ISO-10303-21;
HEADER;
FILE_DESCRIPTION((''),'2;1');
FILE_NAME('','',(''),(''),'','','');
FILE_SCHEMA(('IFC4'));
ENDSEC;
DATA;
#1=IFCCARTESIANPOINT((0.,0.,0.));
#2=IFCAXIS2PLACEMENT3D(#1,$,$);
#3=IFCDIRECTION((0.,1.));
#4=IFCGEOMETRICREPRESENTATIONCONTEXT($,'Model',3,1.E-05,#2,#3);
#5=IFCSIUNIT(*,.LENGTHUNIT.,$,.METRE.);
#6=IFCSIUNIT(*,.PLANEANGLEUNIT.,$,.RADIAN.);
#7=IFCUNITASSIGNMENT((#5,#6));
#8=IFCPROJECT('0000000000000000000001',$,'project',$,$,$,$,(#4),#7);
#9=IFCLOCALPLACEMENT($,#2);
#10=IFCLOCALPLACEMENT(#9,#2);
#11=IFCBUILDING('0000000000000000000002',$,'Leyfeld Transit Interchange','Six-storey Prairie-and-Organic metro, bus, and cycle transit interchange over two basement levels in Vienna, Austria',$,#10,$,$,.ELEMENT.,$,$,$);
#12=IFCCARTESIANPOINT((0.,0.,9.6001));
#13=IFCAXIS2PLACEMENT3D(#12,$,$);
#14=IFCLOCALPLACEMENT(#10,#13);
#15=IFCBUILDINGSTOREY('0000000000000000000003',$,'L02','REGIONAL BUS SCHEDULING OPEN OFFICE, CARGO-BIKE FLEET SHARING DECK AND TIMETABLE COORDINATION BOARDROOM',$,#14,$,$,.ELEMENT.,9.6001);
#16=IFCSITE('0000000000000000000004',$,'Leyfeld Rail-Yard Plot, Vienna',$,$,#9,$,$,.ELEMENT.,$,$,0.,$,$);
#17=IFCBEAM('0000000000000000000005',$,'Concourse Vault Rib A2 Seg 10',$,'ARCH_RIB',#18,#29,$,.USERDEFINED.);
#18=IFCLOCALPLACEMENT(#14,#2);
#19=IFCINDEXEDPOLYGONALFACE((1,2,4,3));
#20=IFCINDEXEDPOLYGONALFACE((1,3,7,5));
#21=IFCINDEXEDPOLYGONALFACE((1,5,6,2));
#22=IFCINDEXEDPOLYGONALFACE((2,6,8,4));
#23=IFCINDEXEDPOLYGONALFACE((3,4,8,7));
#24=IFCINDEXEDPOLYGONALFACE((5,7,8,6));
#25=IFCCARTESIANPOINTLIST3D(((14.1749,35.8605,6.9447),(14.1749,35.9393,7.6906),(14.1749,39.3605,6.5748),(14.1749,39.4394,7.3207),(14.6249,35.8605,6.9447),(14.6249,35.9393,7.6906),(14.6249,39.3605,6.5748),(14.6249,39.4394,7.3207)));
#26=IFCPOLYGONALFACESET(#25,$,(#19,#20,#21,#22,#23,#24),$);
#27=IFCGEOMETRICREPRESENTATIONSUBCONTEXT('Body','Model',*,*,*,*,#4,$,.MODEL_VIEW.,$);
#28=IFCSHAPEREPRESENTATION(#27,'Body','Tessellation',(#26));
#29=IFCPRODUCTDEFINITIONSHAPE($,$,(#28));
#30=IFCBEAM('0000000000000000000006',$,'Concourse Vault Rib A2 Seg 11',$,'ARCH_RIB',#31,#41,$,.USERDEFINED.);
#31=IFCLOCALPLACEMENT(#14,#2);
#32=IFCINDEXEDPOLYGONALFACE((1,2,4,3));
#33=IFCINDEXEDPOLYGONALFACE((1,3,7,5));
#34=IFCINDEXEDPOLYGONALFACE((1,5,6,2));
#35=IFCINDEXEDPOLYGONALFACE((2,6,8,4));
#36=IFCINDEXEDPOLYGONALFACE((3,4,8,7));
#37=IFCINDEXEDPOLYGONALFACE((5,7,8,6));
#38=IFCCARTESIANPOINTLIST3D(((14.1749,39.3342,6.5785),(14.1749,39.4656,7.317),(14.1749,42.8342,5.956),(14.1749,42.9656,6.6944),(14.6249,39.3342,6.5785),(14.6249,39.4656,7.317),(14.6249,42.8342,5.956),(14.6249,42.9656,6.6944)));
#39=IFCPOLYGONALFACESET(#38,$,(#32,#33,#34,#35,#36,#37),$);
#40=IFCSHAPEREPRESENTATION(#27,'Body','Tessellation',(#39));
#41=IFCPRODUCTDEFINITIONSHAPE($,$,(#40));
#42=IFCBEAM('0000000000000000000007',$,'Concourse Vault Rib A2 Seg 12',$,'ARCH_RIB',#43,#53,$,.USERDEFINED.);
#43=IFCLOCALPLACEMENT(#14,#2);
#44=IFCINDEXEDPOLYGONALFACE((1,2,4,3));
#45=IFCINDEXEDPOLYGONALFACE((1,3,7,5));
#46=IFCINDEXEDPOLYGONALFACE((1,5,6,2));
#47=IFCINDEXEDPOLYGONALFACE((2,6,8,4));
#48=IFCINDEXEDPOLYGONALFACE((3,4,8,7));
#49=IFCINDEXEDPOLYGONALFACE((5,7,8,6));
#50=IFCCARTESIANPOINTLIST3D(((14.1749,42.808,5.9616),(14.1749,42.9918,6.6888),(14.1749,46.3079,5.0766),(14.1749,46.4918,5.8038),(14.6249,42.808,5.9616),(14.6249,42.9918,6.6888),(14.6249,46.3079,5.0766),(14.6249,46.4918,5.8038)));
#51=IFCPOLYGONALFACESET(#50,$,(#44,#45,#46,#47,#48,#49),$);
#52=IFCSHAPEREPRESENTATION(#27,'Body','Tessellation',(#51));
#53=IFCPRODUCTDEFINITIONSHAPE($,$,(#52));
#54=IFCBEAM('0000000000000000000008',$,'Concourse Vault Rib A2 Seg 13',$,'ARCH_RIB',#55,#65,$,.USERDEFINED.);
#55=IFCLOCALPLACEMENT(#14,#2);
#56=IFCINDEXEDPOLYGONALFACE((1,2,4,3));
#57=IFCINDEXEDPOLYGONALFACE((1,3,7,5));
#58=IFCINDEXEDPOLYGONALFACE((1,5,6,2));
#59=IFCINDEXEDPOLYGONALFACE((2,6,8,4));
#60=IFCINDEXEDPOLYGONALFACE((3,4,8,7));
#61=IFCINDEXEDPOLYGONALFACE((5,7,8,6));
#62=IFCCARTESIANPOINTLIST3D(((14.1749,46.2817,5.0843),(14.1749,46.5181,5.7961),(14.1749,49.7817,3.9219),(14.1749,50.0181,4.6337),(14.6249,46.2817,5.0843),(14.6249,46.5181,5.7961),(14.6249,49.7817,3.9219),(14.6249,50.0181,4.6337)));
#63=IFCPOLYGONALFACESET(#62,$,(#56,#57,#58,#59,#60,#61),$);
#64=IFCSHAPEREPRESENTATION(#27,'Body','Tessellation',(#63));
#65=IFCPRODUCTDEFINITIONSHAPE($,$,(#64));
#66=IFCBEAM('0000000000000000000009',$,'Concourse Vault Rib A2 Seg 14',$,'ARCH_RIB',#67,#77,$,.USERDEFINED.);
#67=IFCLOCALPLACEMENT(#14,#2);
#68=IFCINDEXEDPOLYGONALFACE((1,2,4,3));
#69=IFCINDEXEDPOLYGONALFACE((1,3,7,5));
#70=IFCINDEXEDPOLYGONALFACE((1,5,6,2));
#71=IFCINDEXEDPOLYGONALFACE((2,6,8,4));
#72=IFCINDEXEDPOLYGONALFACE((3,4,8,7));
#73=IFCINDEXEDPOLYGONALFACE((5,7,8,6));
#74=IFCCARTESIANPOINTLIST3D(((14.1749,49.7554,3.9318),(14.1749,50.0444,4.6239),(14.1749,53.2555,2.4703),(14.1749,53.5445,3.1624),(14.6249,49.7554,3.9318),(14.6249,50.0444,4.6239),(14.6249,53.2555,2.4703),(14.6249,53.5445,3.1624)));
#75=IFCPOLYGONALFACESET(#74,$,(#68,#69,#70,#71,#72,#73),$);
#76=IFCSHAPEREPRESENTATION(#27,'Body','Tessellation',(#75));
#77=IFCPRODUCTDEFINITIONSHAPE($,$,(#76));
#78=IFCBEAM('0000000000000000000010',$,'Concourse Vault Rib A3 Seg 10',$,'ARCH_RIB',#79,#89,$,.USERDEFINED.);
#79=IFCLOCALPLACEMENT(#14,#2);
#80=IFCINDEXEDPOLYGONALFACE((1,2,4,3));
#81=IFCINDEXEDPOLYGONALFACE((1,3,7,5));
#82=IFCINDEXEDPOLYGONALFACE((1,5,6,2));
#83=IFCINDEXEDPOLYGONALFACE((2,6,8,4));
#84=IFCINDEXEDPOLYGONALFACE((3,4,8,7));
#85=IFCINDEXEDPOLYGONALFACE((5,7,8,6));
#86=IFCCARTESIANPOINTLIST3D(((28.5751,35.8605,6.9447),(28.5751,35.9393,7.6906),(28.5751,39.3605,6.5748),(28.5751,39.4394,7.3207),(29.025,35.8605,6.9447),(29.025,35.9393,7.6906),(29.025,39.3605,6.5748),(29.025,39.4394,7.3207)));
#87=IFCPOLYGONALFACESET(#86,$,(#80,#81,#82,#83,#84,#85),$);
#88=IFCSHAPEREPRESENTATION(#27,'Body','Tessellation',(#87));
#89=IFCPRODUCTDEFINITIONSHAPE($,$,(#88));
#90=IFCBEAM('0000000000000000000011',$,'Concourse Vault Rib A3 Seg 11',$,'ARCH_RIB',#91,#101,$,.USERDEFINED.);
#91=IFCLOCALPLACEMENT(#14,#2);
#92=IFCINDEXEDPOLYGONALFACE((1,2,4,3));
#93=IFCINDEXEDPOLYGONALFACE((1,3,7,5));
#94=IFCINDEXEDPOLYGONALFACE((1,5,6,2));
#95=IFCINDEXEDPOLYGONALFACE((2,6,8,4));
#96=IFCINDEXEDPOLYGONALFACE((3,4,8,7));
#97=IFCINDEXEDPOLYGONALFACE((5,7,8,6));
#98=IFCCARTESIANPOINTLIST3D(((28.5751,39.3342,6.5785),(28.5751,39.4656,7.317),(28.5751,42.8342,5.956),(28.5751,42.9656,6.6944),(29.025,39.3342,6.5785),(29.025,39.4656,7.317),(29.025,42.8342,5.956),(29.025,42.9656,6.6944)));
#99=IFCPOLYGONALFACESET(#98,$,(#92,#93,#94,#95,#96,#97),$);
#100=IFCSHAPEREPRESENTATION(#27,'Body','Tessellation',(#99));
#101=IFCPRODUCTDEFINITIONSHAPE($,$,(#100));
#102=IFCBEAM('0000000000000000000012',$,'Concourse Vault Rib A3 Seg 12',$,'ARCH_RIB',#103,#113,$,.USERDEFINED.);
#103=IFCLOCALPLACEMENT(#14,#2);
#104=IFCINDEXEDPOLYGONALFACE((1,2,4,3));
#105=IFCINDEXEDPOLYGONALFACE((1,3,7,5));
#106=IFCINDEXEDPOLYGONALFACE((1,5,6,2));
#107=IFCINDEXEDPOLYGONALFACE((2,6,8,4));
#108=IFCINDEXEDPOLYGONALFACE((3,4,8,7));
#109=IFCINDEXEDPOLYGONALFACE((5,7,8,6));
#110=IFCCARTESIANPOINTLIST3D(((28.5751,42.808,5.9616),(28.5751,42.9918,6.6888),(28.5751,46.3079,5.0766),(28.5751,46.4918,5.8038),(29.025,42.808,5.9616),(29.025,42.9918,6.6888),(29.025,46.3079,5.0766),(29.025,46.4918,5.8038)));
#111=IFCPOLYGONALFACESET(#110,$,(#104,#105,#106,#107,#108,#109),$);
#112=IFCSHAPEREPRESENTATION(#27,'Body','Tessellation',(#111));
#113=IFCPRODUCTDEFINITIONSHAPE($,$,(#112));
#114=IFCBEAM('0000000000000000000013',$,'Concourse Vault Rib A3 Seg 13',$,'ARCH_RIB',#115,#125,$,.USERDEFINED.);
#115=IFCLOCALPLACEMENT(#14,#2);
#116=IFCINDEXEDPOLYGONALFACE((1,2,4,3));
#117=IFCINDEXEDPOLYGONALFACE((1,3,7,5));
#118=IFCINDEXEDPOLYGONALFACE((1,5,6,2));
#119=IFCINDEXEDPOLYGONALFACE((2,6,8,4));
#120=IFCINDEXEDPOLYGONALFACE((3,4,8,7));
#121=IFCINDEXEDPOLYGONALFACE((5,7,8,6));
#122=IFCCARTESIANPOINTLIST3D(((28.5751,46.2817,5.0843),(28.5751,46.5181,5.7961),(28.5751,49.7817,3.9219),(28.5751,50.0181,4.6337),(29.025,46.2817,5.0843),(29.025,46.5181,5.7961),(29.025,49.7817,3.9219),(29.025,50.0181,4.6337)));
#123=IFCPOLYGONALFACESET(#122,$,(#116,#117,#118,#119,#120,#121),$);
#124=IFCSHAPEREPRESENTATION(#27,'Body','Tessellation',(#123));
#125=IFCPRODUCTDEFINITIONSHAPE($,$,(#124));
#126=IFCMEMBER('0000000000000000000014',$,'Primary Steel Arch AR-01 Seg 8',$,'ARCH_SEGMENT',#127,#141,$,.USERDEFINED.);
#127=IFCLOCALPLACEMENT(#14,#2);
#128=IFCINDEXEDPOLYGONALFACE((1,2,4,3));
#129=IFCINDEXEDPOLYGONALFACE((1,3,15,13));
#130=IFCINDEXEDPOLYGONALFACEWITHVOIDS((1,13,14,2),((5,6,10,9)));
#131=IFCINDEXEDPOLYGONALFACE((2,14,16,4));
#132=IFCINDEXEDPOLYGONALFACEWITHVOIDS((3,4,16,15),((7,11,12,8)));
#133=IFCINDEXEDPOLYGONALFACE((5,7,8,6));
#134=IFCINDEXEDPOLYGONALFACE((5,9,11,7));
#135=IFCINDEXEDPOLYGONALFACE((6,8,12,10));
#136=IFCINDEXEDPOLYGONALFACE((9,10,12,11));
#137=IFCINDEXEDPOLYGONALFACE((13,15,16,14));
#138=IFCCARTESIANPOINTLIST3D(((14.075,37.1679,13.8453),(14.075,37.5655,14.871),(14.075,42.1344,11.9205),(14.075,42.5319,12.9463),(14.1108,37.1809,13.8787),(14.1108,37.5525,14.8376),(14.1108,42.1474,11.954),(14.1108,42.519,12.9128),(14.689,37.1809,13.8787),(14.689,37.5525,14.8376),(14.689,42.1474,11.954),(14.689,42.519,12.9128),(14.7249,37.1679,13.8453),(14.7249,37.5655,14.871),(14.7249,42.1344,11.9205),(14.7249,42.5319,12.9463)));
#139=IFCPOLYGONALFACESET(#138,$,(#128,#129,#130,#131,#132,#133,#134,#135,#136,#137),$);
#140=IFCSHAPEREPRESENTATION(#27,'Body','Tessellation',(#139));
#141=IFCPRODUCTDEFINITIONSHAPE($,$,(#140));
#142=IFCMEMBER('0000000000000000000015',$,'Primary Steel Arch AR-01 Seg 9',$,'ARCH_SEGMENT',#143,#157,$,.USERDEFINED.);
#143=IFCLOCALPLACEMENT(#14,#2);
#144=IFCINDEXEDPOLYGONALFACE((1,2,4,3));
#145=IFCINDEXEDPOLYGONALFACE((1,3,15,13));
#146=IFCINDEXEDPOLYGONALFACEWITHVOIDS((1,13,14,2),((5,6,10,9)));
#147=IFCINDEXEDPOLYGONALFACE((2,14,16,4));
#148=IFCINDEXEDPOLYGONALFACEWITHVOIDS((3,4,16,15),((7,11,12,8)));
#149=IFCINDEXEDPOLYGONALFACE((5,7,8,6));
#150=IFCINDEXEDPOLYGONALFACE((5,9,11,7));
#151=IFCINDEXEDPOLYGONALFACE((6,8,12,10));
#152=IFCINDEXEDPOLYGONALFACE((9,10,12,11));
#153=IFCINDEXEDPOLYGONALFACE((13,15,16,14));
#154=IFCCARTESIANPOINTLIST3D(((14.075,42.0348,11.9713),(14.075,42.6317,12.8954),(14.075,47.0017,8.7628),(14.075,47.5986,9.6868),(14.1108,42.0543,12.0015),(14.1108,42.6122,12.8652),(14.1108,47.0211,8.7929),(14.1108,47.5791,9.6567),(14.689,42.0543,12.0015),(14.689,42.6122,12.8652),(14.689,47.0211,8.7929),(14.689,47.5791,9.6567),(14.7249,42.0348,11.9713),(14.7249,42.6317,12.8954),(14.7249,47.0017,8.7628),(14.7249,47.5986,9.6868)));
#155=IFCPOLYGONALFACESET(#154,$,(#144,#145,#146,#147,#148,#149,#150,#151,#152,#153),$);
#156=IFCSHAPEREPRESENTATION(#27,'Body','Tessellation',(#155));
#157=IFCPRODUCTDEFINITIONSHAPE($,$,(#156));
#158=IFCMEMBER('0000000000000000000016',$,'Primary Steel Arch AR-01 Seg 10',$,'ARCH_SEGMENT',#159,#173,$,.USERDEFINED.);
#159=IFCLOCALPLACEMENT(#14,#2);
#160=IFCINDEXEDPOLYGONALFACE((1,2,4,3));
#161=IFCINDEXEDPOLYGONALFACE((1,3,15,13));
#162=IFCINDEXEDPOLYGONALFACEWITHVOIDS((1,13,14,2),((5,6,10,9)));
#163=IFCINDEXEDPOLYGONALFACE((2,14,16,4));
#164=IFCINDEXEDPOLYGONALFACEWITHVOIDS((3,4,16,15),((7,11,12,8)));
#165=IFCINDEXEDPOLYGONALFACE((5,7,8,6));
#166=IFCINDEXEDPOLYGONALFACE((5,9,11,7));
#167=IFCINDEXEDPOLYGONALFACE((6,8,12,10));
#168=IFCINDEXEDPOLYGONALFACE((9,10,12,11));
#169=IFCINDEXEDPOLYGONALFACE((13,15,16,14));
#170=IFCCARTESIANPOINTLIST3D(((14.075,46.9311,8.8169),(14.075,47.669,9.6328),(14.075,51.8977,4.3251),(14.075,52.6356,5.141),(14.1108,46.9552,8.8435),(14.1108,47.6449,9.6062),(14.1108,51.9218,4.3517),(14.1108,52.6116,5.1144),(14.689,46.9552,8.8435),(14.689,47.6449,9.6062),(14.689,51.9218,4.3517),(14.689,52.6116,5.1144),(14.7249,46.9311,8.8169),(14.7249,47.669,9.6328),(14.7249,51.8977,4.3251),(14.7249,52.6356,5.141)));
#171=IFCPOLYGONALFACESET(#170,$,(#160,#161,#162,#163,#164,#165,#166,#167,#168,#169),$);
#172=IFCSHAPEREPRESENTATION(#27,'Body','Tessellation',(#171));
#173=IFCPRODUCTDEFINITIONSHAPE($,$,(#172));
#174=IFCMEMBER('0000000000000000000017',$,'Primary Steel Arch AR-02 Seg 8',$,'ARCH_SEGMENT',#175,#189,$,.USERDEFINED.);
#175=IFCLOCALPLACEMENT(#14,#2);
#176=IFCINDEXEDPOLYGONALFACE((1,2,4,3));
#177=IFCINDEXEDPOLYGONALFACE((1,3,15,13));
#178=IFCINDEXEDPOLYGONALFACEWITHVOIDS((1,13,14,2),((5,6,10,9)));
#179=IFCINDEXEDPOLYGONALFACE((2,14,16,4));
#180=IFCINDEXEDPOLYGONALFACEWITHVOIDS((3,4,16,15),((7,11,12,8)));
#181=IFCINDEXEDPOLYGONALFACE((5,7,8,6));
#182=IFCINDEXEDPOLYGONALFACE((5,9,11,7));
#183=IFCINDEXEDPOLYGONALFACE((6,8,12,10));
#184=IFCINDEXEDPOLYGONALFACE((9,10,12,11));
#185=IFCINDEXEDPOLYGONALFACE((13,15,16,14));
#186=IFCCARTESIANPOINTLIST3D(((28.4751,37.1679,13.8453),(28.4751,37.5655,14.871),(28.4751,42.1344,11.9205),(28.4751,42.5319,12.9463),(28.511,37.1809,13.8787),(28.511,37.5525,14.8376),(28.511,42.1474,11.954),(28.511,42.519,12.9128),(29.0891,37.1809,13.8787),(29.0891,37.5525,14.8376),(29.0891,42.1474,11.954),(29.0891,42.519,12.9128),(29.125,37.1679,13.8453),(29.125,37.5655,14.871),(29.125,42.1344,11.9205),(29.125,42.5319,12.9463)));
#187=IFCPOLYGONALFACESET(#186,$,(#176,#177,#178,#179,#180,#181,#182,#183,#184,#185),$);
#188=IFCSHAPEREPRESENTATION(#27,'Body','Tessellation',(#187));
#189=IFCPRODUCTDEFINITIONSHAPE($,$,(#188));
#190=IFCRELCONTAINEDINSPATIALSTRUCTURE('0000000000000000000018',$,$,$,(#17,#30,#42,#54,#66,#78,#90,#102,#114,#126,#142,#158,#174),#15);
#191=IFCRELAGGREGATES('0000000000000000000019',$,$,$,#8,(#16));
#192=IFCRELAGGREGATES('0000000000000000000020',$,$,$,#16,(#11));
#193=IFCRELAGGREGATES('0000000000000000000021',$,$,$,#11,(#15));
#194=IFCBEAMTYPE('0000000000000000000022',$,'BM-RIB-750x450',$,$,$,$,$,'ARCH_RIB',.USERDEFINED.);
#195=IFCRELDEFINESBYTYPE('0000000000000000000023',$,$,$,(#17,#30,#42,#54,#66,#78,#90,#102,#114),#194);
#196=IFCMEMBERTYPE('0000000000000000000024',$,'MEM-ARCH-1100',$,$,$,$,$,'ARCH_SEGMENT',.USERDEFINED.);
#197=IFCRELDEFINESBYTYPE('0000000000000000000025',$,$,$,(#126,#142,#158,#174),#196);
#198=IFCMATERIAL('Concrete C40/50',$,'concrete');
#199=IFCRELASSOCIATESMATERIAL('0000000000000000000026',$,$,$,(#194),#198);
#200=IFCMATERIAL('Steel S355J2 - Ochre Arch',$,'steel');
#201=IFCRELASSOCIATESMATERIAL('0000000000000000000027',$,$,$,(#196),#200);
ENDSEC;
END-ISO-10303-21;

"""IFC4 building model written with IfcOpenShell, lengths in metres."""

from ifc_helpers import new_model, si_unit, direction, frame, origin, origin_2d, place, context, subcontext, project, spatial, rectangle, hollow_rectangle, extrude, material, material_profile, profile_set, type_object, element, save


model = new_model("IFC4")

# Units and contexts
model_context = context("Model", 3, precision=1e-05, world=origin(), true_north=direction((0.0, 1.0)))
body_context = subcontext(model_context, "Body", "Model", "MODEL_VIEW")
ifc_project = project(units=[si_unit("LENGTHUNIT", "METRE"), si_unit("PLANEANGLEUNIT", "RADIAN")], contexts=[model_context])

# Site, building, storey
site_placement = place(None, origin())
site = spatial("IfcSite", under=ifc_project, at=site_placement, Name="Leyfeld Rail-Yard Plot, Vienna", CompositionType="ELEMENT", RefElevation=0.0)
building_placement = place(site_placement, origin())
building = spatial("IfcBuilding", under=site, at=building_placement, Name="Leyfeld Transit Interchange", Description="Six-storey Prairie-and-Organic metro, bus, and cycle transit interchange over two basement levels in Vienna, Austria", CompositionType="ELEMENT")
storey_placement = place(building_placement, frame((0.0, 0.0, 9.6001)))
storey = spatial("IfcBuildingStorey", under=building, at=storey_placement, Name="L02", Description="REGIONAL BUS SCHEDULING OPEN OFFICE, CARGO-BIKE FLEET SHARING DECK AND TIMETABLE COORDINATION BOARDROOM", CompositionType="ELEMENT", Elevation=9.6001)

# Beams
ifc_material_1 = material(Name="Concrete C40/50", Category="concrete")
ifc_material_profile_1 = material_profile(ifc_material_1, rectangle(XDim=0.45, YDim=0.75, at=origin_2d()), Name="RC 750x450 RIB")
ifc_profile_set_1 = profile_set([ifc_material_profile_1], Name="Concrete C40/50")
beam_type = type_object("IfcBeamType", Name="BM-RIB-750x450", ElementType="ARCH_RIB", PredefinedType="USERDEFINED", material=ifc_profile_set_1)
beam_1_placement = place(storey_placement, frame((14.3999, 35.8999, 7.3176), z_axis=(0.0, 0.994462, -0.105093), x_axis=(-1.0, 0.0, 0.0)))
element("IfcBeam", 1, at=beam_1_placement, inside=storey, type_object=beam_type, Name="Concourse Vault Rib A2 Seg 10", ObjectType="ARCH_RIB", PredefinedType="USERDEFINED", context=body_context, shape_type="SweptSolid", body=[
    extrude(rectangle(XDim=0.45, YDim=0.75, at=origin_2d()), origin(), (0.0, 0.0, 1.0), 3.5195),
])
beam_2_placement = place(storey_placement, frame((14.3999, 39.3999, 6.9478), z_axis=(0.0, 0.984546, -0.175125), x_axis=(-1.0, 0.0, 0.0)))
element("IfcBeam", 2, at=beam_2_placement, inside=storey, type_object=beam_type, Name="Concourse Vault Rib A2 Seg 11", ObjectType="ARCH_RIB", PredefinedType="USERDEFINED", context=body_context, shape_type="SweptSolid", body=[
    extrude(rectangle(XDim=0.45, YDim=0.75, at=origin_2d()), origin(), (0.0, 0.0, 1.0), 3.5549),
])
beam_3_placement = place(storey_placement, frame((14.3999, 42.8999, 6.3252), z_axis=(0.0, 0.969487, -0.245144), x_axis=(-1.0, 0.0, 0.0)))
element("IfcBeam", 3, at=beam_3_placement, inside=storey, type_object=beam_type, Name="Concourse Vault Rib A2 Seg 12", ObjectType="ARCH_RIB", PredefinedType="USERDEFINED", context=body_context, shape_type="SweptSolid", body=[
    extrude(rectangle(XDim=0.45, YDim=0.75, at=origin_2d()), origin(), (0.0, 0.0, 1.0), 3.6101),
])
beam_4_placement = place(storey_placement, frame((14.3999, 46.3999, 5.4402), z_axis=(0.0, 0.949034, -0.315175), x_axis=(-1.0, 0.0, 0.0)))
element("IfcBeam", 4, at=beam_4_placement, inside=storey, type_object=beam_type, Name="Concourse Vault Rib A2 Seg 13", ObjectType="ARCH_RIB", PredefinedType="USERDEFINED", context=body_context, shape_type="SweptSolid", body=[
    extrude(rectangle(XDim=0.45, YDim=0.75, at=origin_2d()), origin(), (0.0, 0.0, 1.0), 3.688),
])
beam_5_placement = place(storey_placement, frame((14.3999, 49.8999, 4.2778), z_axis=(0.0, 0.922787, -0.38531), x_axis=(-1.0, 0.0, 0.0)))
element("IfcBeam", 5, at=beam_5_placement, inside=storey, type_object=beam_type, Name="Concourse Vault Rib A2 Seg 14", ObjectType="ARCH_RIB", PredefinedType="USERDEFINED", context=body_context, shape_type="SweptSolid", body=[
    extrude(rectangle(XDim=0.45, YDim=0.75, at=origin_2d()), origin(), (0.0, 0.0, 1.0), 3.793),
])
beam_6_placement = place(storey_placement, frame((28.8, 35.8999, 7.3176), z_axis=(0.0, 0.994462, -0.105093), x_axis=(-1.0, 0.0, 0.0)))
element("IfcBeam", 6, at=beam_6_placement, inside=storey, type_object=beam_type, Name="Concourse Vault Rib A3 Seg 10", ObjectType="ARCH_RIB", PredefinedType="USERDEFINED", context=body_context, shape_type="SweptSolid", body=[
    extrude(rectangle(XDim=0.45, YDim=0.75, at=origin_2d()), origin(), (0.0, 0.0, 1.0), 3.5195),
])
beam_7_placement = place(storey_placement, frame((28.8, 39.3999, 6.9478), z_axis=(0.0, 0.984546, -0.175125), x_axis=(-1.0, 0.0, 0.0)))
element("IfcBeam", 7, at=beam_7_placement, inside=storey, type_object=beam_type, Name="Concourse Vault Rib A3 Seg 11", ObjectType="ARCH_RIB", PredefinedType="USERDEFINED", context=body_context, shape_type="SweptSolid", body=[
    extrude(rectangle(XDim=0.45, YDim=0.75, at=origin_2d()), origin(), (0.0, 0.0, 1.0), 3.5549),
])
beam_8_placement = place(storey_placement, frame((28.8, 42.8999, 6.3252), z_axis=(0.0, 0.969487, -0.245144), x_axis=(-1.0, 0.0, 0.0)))
element("IfcBeam", 8, at=beam_8_placement, inside=storey, type_object=beam_type, Name="Concourse Vault Rib A3 Seg 12", ObjectType="ARCH_RIB", PredefinedType="USERDEFINED", context=body_context, shape_type="SweptSolid", body=[
    extrude(rectangle(XDim=0.45, YDim=0.75, at=origin_2d()), origin(), (0.0, 0.0, 1.0), 3.6101),
])
beam_9_placement = place(storey_placement, frame((28.8, 46.3999, 5.4402), z_axis=(0.0, 0.949034, -0.315175), x_axis=(-1.0, 0.0, 0.0)))
element("IfcBeam", 9, at=beam_9_placement, inside=storey, type_object=beam_type, Name="Concourse Vault Rib A3 Seg 13", ObjectType="ARCH_RIB", PredefinedType="USERDEFINED", context=body_context, shape_type="SweptSolid", body=[
    extrude(rectangle(XDim=0.45, YDim=0.75, at=origin_2d()), origin(), (0.0, 0.0, 1.0), 3.688),
])

# Members
ifc_material_2 = material(Name="Steel S355J2 - Ochre Arch", Category="steel")
ifc_material_profile_2 = material_profile(ifc_material_2, hollow_rectangle(XDim=0.6499, YDim=1.1001, WallThickness=0.0359, at=origin_2d()), Name="RHS 1100x650x36")
ifc_profile_set_2 = profile_set([ifc_material_profile_2], Name="Steel S355J2 - Ochre Arch")
member_type_1 = type_object("IfcMemberType", Name="MEM-ARCH-1100", ElementType="ARCH_SEGMENT", PredefinedType="USERDEFINED", material=ifc_profile_set_2)
member_1_placement = place(storey_placement, frame((14.3999, 37.3667, 14.3582), z_axis=(0.0, 0.932425, -0.361364), x_axis=(-1.0, 0.0, 0.0)))
element("IfcMember", 10, at=member_1_placement, inside=storey, type_object=member_type_1, Name="Primary Steel Arch AR-01 Seg 8", ObjectType="ARCH_SEGMENT", PredefinedType="USERDEFINED", context=body_context, shape_type="SweptSolid", body=[
    extrude(hollow_rectangle(XDim=0.6499, YDim=1.1001, WallThickness=0.0359, at=origin_2d()), origin(), (0.0, 0.0, 1.0), 5.3264),
])
member_2_placement = place(storey_placement, frame((14.3999, 42.3333, 12.4333), z_axis=(0.0, 0.83998, -0.542618), x_axis=(-1.0, 0.0, 0.0)))
element("IfcMember", 11, at=member_2_placement, inside=storey, type_object=member_type_1, Name="Primary Steel Arch AR-01 Seg 9", ObjectType="ARCH_SEGMENT", PredefinedType="USERDEFINED", context=body_context, shape_type="SweptSolid", body=[
    extrude(hollow_rectangle(XDim=0.6499, YDim=1.1001, WallThickness=0.0359, at=origin_2d()), origin(), (0.0, 0.0, 1.0), 5.9131),
])
member_3_placement = place(storey_placement, frame((14.3999, 47.3, 9.2249), z_axis=(0.0, 0.741673, -0.670762), x_axis=(-1.0, 0.0, 0.0)))
element("IfcMember", 12, at=member_3_placement, inside=storey, type_object=member_type_1, Name="Primary Steel Arch AR-01 Seg 10", ObjectType="ARCH_SEGMENT", PredefinedType="USERDEFINED", context=body_context, shape_type="SweptSolid", body=[
    extrude(hollow_rectangle(XDim=0.6499, YDim=1.1001, WallThickness=0.0359, at=origin_2d()), origin(), (0.0, 0.0, 1.0), 6.6965),
])
member_4_placement = place(storey_placement, frame((28.8, 37.3667, 14.3582), z_axis=(0.0, 0.932425, -0.361364), x_axis=(-1.0, 0.0, 0.0)))
element("IfcMember", 13, at=member_4_placement, inside=storey, type_object=member_type_1, Name="Primary Steel Arch AR-02 Seg 8", ObjectType="ARCH_SEGMENT", PredefinedType="USERDEFINED", context=body_context, shape_type="SweptSolid", body=[
    extrude(hollow_rectangle(XDim=0.6499, YDim=1.1001, WallThickness=0.0359, at=origin_2d()), origin(), (0.0, 0.0, 1.0), 5.3264),
])

save(model, "model.ifc")
